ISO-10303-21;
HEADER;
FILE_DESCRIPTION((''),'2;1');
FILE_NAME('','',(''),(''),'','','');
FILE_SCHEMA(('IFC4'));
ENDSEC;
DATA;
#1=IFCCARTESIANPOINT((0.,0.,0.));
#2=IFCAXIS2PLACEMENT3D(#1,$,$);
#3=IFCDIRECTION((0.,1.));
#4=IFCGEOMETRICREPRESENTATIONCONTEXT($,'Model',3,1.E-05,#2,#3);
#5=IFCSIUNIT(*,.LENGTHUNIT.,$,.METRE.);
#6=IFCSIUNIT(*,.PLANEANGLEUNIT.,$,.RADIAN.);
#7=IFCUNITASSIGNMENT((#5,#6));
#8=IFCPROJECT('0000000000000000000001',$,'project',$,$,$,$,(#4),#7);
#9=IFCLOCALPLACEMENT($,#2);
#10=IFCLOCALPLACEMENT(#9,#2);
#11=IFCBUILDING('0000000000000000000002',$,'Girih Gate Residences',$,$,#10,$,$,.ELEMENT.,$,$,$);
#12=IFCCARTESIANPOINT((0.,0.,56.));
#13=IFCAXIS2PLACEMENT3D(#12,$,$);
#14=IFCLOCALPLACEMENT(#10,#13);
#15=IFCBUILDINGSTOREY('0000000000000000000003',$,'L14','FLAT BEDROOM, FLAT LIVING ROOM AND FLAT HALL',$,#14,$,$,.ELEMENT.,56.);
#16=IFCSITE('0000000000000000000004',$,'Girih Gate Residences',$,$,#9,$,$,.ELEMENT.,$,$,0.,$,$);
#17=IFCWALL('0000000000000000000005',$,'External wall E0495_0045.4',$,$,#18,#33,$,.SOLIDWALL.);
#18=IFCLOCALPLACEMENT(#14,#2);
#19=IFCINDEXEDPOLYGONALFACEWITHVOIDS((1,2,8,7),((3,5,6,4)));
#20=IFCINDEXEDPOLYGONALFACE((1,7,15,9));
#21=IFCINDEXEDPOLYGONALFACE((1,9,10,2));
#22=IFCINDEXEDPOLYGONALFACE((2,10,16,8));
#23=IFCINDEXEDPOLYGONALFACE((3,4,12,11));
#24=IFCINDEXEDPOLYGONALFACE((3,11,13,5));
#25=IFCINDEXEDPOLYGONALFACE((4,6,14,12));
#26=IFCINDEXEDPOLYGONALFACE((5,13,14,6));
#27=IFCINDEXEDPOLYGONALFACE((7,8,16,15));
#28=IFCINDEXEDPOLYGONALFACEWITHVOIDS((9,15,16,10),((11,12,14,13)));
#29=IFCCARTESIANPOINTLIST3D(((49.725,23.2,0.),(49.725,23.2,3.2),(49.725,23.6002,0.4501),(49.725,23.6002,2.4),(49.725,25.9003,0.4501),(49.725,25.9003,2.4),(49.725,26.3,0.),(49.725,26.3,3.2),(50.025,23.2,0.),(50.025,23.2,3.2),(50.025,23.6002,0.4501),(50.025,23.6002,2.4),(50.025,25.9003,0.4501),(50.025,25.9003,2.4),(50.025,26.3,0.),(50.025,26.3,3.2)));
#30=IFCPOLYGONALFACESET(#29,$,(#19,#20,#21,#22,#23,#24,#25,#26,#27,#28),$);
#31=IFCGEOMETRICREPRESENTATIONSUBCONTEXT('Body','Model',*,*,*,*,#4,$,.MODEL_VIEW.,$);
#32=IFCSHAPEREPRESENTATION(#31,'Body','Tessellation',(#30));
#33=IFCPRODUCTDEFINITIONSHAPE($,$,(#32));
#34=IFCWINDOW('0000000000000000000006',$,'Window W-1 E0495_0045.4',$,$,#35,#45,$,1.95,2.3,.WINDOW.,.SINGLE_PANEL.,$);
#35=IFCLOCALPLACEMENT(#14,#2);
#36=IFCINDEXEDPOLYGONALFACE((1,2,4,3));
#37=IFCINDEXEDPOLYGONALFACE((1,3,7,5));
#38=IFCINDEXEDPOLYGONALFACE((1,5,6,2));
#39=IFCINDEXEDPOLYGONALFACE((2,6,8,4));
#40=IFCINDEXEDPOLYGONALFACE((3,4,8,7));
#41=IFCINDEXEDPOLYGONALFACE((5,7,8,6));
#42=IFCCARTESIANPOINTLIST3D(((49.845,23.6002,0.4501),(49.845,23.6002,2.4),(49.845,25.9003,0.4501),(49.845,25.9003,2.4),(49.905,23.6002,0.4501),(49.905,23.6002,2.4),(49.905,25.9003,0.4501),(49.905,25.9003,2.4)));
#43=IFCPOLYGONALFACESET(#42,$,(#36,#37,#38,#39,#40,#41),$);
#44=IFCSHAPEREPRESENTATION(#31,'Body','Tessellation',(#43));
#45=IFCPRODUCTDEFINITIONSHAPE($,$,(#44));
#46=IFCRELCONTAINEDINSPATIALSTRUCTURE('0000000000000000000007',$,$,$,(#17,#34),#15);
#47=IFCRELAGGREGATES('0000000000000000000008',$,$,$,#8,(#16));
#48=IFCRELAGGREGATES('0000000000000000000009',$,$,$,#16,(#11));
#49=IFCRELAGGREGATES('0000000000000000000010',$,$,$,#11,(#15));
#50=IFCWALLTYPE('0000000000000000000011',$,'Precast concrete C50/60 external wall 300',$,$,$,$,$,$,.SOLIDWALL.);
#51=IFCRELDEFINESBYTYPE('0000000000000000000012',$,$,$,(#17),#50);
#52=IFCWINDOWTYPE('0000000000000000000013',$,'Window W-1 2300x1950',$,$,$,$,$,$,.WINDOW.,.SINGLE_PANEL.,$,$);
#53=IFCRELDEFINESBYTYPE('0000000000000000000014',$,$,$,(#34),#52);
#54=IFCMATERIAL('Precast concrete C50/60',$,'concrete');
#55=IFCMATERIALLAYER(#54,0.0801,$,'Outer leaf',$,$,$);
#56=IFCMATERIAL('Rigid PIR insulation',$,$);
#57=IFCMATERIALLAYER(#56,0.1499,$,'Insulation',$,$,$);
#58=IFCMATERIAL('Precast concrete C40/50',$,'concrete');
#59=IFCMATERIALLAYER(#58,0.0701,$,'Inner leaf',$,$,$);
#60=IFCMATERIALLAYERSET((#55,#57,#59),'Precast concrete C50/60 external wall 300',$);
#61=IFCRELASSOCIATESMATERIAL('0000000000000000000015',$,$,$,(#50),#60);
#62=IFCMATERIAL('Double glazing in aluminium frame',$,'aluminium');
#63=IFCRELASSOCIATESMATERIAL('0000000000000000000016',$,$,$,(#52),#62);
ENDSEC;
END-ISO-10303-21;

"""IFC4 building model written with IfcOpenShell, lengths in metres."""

from ifc_helpers import new_model, si_unit, direction, frame, frame_2d, origin, place, context, subcontext, project, spatial, rectangle, extrude, material, layer, layer_set, type_object, element, fill, save


model = new_model("IFC4")

# Units and contexts
model_context = context("Model", 3, precision=1e-05, world=origin(), true_north=direction((0.0, 1.0)))
body_context = subcontext(model_context, "Body", "Model", "MODEL_VIEW")
ifc_project = project(units=[si_unit("LENGTHUNIT", "METRE"), si_unit("PLANEANGLEUNIT", "RADIAN")], contexts=[model_context])

# Site, building, storey
site_placement = place(None, origin())
site = spatial("IfcSite", under=ifc_project, at=site_placement, Name="Girih Gate Residences", CompositionType="ELEMENT", RefElevation=0.0)
building_placement = place(site_placement, origin())
building = spatial("IfcBuilding", under=site, at=building_placement, Name="Girih Gate Residences", CompositionType="ELEMENT")
storey_placement = place(building_placement, frame((0.0, 0.0, 56.0)))
storey = spatial("IfcBuildingStorey", under=building, at=storey_placement, Name="L14", Description="FLAT BEDROOM, FLAT LIVING ROOM AND FLAT HALL", CompositionType="ELEMENT", Elevation=56.0)

# Wall, opening, window
ifc_material_1 = material(Name="Precast concrete C50/60", Category="concrete")
ifc_layer_1 = layer(ifc_material_1, 0.0801, Name="Outer leaf")
ifc_material_2 = material(Name="Rigid PIR insulation")
ifc_layer_2 = layer(ifc_material_2, 0.1499, Name="Insulation")
ifc_material_3 = material(Name="Precast concrete C40/50", Category="concrete")
ifc_layer_3 = layer(ifc_material_3, 0.0701, Name="Inner leaf")
ifc_layer_set_1 = layer_set([ifc_layer_1, ifc_layer_2, ifc_layer_3], Name="Precast concrete C50/60 external wall 300")
wall_type_1 = type_object("IfcWallType", Name="Precast concrete C50/60 external wall 300", PredefinedType="SOLIDWALL", material=ifc_layer_set_1)
ifc_material_4 = material(Name="Double glazing in aluminium frame", Category="aluminium")
window_type = type_object("IfcWindowType", Name="Window W-1 2300x1950", PartitioningType="SINGLE_PANEL", PredefinedType="WINDOW", material=ifc_material_4)
wall_1_placement = place(storey_placement, frame((49.875, 26.3, 0.0), z_axis=(0.0, 0.0, 1.0), x_axis=(0.0, -1.0, 0.0)))
wall_1 = element("IfcWall", 1, at=wall_1_placement, inside=storey, type_object=wall_type_1, Name="External wall E0495_0045.4", PredefinedType="SOLIDWALL", context=body_context, shape_type="SweptSolid", body=[
    extrude(rectangle(XDim=3.1001, YDim=0.3, at=frame_2d((1.55, 0.0))), origin(), (0.0, 0.0, 1.0), 3.2),
])
opening_1_placement = place(wall_1_placement, frame((0.3999, 0.0, 0.45)))
opening_1 = element("IfcOpeningElement", 2, at=opening_1_placement, cuts=wall_1, PredefinedType="OPENING", context=body_context, shape_type="SweptSolid", body=[
    extrude(rectangle(XDim=2.3, YDim=1.95, at=frame_2d((1.1499, 0.9751))), frame((0.0, 0.1599, 0.0), z_axis=(0.0, -1.0, 0.0), x_axis=(1.0, 0.0, 0.0)), (0.0, 0.0, 1.0), 0.3201),
])
window_1_placement = place(opening_1_placement, origin())
window_1 = element("IfcWindow", 3, at=window_1_placement, inside=storey, type_object=window_type, Name="Window W-1 E0495_0045.4", OverallHeight=1.95, OverallWidth=2.3, PartitioningType="SINGLE_PANEL", PredefinedType="WINDOW", context=body_context, shape_type="SweptSolid", body=[
    extrude(rectangle(XDim=2.3, YDim=1.95, at=frame_2d((1.1499, 0.9751))), frame((0.0, 0.03, 0.0), z_axis=(0.0, -1.0, 0.0), x_axis=(1.0, 0.0, 0.0)), (0.0, 0.0, 1.0), 0.0601),
])
fill(opening_1, window_1)

save(model, "model.ifc")
